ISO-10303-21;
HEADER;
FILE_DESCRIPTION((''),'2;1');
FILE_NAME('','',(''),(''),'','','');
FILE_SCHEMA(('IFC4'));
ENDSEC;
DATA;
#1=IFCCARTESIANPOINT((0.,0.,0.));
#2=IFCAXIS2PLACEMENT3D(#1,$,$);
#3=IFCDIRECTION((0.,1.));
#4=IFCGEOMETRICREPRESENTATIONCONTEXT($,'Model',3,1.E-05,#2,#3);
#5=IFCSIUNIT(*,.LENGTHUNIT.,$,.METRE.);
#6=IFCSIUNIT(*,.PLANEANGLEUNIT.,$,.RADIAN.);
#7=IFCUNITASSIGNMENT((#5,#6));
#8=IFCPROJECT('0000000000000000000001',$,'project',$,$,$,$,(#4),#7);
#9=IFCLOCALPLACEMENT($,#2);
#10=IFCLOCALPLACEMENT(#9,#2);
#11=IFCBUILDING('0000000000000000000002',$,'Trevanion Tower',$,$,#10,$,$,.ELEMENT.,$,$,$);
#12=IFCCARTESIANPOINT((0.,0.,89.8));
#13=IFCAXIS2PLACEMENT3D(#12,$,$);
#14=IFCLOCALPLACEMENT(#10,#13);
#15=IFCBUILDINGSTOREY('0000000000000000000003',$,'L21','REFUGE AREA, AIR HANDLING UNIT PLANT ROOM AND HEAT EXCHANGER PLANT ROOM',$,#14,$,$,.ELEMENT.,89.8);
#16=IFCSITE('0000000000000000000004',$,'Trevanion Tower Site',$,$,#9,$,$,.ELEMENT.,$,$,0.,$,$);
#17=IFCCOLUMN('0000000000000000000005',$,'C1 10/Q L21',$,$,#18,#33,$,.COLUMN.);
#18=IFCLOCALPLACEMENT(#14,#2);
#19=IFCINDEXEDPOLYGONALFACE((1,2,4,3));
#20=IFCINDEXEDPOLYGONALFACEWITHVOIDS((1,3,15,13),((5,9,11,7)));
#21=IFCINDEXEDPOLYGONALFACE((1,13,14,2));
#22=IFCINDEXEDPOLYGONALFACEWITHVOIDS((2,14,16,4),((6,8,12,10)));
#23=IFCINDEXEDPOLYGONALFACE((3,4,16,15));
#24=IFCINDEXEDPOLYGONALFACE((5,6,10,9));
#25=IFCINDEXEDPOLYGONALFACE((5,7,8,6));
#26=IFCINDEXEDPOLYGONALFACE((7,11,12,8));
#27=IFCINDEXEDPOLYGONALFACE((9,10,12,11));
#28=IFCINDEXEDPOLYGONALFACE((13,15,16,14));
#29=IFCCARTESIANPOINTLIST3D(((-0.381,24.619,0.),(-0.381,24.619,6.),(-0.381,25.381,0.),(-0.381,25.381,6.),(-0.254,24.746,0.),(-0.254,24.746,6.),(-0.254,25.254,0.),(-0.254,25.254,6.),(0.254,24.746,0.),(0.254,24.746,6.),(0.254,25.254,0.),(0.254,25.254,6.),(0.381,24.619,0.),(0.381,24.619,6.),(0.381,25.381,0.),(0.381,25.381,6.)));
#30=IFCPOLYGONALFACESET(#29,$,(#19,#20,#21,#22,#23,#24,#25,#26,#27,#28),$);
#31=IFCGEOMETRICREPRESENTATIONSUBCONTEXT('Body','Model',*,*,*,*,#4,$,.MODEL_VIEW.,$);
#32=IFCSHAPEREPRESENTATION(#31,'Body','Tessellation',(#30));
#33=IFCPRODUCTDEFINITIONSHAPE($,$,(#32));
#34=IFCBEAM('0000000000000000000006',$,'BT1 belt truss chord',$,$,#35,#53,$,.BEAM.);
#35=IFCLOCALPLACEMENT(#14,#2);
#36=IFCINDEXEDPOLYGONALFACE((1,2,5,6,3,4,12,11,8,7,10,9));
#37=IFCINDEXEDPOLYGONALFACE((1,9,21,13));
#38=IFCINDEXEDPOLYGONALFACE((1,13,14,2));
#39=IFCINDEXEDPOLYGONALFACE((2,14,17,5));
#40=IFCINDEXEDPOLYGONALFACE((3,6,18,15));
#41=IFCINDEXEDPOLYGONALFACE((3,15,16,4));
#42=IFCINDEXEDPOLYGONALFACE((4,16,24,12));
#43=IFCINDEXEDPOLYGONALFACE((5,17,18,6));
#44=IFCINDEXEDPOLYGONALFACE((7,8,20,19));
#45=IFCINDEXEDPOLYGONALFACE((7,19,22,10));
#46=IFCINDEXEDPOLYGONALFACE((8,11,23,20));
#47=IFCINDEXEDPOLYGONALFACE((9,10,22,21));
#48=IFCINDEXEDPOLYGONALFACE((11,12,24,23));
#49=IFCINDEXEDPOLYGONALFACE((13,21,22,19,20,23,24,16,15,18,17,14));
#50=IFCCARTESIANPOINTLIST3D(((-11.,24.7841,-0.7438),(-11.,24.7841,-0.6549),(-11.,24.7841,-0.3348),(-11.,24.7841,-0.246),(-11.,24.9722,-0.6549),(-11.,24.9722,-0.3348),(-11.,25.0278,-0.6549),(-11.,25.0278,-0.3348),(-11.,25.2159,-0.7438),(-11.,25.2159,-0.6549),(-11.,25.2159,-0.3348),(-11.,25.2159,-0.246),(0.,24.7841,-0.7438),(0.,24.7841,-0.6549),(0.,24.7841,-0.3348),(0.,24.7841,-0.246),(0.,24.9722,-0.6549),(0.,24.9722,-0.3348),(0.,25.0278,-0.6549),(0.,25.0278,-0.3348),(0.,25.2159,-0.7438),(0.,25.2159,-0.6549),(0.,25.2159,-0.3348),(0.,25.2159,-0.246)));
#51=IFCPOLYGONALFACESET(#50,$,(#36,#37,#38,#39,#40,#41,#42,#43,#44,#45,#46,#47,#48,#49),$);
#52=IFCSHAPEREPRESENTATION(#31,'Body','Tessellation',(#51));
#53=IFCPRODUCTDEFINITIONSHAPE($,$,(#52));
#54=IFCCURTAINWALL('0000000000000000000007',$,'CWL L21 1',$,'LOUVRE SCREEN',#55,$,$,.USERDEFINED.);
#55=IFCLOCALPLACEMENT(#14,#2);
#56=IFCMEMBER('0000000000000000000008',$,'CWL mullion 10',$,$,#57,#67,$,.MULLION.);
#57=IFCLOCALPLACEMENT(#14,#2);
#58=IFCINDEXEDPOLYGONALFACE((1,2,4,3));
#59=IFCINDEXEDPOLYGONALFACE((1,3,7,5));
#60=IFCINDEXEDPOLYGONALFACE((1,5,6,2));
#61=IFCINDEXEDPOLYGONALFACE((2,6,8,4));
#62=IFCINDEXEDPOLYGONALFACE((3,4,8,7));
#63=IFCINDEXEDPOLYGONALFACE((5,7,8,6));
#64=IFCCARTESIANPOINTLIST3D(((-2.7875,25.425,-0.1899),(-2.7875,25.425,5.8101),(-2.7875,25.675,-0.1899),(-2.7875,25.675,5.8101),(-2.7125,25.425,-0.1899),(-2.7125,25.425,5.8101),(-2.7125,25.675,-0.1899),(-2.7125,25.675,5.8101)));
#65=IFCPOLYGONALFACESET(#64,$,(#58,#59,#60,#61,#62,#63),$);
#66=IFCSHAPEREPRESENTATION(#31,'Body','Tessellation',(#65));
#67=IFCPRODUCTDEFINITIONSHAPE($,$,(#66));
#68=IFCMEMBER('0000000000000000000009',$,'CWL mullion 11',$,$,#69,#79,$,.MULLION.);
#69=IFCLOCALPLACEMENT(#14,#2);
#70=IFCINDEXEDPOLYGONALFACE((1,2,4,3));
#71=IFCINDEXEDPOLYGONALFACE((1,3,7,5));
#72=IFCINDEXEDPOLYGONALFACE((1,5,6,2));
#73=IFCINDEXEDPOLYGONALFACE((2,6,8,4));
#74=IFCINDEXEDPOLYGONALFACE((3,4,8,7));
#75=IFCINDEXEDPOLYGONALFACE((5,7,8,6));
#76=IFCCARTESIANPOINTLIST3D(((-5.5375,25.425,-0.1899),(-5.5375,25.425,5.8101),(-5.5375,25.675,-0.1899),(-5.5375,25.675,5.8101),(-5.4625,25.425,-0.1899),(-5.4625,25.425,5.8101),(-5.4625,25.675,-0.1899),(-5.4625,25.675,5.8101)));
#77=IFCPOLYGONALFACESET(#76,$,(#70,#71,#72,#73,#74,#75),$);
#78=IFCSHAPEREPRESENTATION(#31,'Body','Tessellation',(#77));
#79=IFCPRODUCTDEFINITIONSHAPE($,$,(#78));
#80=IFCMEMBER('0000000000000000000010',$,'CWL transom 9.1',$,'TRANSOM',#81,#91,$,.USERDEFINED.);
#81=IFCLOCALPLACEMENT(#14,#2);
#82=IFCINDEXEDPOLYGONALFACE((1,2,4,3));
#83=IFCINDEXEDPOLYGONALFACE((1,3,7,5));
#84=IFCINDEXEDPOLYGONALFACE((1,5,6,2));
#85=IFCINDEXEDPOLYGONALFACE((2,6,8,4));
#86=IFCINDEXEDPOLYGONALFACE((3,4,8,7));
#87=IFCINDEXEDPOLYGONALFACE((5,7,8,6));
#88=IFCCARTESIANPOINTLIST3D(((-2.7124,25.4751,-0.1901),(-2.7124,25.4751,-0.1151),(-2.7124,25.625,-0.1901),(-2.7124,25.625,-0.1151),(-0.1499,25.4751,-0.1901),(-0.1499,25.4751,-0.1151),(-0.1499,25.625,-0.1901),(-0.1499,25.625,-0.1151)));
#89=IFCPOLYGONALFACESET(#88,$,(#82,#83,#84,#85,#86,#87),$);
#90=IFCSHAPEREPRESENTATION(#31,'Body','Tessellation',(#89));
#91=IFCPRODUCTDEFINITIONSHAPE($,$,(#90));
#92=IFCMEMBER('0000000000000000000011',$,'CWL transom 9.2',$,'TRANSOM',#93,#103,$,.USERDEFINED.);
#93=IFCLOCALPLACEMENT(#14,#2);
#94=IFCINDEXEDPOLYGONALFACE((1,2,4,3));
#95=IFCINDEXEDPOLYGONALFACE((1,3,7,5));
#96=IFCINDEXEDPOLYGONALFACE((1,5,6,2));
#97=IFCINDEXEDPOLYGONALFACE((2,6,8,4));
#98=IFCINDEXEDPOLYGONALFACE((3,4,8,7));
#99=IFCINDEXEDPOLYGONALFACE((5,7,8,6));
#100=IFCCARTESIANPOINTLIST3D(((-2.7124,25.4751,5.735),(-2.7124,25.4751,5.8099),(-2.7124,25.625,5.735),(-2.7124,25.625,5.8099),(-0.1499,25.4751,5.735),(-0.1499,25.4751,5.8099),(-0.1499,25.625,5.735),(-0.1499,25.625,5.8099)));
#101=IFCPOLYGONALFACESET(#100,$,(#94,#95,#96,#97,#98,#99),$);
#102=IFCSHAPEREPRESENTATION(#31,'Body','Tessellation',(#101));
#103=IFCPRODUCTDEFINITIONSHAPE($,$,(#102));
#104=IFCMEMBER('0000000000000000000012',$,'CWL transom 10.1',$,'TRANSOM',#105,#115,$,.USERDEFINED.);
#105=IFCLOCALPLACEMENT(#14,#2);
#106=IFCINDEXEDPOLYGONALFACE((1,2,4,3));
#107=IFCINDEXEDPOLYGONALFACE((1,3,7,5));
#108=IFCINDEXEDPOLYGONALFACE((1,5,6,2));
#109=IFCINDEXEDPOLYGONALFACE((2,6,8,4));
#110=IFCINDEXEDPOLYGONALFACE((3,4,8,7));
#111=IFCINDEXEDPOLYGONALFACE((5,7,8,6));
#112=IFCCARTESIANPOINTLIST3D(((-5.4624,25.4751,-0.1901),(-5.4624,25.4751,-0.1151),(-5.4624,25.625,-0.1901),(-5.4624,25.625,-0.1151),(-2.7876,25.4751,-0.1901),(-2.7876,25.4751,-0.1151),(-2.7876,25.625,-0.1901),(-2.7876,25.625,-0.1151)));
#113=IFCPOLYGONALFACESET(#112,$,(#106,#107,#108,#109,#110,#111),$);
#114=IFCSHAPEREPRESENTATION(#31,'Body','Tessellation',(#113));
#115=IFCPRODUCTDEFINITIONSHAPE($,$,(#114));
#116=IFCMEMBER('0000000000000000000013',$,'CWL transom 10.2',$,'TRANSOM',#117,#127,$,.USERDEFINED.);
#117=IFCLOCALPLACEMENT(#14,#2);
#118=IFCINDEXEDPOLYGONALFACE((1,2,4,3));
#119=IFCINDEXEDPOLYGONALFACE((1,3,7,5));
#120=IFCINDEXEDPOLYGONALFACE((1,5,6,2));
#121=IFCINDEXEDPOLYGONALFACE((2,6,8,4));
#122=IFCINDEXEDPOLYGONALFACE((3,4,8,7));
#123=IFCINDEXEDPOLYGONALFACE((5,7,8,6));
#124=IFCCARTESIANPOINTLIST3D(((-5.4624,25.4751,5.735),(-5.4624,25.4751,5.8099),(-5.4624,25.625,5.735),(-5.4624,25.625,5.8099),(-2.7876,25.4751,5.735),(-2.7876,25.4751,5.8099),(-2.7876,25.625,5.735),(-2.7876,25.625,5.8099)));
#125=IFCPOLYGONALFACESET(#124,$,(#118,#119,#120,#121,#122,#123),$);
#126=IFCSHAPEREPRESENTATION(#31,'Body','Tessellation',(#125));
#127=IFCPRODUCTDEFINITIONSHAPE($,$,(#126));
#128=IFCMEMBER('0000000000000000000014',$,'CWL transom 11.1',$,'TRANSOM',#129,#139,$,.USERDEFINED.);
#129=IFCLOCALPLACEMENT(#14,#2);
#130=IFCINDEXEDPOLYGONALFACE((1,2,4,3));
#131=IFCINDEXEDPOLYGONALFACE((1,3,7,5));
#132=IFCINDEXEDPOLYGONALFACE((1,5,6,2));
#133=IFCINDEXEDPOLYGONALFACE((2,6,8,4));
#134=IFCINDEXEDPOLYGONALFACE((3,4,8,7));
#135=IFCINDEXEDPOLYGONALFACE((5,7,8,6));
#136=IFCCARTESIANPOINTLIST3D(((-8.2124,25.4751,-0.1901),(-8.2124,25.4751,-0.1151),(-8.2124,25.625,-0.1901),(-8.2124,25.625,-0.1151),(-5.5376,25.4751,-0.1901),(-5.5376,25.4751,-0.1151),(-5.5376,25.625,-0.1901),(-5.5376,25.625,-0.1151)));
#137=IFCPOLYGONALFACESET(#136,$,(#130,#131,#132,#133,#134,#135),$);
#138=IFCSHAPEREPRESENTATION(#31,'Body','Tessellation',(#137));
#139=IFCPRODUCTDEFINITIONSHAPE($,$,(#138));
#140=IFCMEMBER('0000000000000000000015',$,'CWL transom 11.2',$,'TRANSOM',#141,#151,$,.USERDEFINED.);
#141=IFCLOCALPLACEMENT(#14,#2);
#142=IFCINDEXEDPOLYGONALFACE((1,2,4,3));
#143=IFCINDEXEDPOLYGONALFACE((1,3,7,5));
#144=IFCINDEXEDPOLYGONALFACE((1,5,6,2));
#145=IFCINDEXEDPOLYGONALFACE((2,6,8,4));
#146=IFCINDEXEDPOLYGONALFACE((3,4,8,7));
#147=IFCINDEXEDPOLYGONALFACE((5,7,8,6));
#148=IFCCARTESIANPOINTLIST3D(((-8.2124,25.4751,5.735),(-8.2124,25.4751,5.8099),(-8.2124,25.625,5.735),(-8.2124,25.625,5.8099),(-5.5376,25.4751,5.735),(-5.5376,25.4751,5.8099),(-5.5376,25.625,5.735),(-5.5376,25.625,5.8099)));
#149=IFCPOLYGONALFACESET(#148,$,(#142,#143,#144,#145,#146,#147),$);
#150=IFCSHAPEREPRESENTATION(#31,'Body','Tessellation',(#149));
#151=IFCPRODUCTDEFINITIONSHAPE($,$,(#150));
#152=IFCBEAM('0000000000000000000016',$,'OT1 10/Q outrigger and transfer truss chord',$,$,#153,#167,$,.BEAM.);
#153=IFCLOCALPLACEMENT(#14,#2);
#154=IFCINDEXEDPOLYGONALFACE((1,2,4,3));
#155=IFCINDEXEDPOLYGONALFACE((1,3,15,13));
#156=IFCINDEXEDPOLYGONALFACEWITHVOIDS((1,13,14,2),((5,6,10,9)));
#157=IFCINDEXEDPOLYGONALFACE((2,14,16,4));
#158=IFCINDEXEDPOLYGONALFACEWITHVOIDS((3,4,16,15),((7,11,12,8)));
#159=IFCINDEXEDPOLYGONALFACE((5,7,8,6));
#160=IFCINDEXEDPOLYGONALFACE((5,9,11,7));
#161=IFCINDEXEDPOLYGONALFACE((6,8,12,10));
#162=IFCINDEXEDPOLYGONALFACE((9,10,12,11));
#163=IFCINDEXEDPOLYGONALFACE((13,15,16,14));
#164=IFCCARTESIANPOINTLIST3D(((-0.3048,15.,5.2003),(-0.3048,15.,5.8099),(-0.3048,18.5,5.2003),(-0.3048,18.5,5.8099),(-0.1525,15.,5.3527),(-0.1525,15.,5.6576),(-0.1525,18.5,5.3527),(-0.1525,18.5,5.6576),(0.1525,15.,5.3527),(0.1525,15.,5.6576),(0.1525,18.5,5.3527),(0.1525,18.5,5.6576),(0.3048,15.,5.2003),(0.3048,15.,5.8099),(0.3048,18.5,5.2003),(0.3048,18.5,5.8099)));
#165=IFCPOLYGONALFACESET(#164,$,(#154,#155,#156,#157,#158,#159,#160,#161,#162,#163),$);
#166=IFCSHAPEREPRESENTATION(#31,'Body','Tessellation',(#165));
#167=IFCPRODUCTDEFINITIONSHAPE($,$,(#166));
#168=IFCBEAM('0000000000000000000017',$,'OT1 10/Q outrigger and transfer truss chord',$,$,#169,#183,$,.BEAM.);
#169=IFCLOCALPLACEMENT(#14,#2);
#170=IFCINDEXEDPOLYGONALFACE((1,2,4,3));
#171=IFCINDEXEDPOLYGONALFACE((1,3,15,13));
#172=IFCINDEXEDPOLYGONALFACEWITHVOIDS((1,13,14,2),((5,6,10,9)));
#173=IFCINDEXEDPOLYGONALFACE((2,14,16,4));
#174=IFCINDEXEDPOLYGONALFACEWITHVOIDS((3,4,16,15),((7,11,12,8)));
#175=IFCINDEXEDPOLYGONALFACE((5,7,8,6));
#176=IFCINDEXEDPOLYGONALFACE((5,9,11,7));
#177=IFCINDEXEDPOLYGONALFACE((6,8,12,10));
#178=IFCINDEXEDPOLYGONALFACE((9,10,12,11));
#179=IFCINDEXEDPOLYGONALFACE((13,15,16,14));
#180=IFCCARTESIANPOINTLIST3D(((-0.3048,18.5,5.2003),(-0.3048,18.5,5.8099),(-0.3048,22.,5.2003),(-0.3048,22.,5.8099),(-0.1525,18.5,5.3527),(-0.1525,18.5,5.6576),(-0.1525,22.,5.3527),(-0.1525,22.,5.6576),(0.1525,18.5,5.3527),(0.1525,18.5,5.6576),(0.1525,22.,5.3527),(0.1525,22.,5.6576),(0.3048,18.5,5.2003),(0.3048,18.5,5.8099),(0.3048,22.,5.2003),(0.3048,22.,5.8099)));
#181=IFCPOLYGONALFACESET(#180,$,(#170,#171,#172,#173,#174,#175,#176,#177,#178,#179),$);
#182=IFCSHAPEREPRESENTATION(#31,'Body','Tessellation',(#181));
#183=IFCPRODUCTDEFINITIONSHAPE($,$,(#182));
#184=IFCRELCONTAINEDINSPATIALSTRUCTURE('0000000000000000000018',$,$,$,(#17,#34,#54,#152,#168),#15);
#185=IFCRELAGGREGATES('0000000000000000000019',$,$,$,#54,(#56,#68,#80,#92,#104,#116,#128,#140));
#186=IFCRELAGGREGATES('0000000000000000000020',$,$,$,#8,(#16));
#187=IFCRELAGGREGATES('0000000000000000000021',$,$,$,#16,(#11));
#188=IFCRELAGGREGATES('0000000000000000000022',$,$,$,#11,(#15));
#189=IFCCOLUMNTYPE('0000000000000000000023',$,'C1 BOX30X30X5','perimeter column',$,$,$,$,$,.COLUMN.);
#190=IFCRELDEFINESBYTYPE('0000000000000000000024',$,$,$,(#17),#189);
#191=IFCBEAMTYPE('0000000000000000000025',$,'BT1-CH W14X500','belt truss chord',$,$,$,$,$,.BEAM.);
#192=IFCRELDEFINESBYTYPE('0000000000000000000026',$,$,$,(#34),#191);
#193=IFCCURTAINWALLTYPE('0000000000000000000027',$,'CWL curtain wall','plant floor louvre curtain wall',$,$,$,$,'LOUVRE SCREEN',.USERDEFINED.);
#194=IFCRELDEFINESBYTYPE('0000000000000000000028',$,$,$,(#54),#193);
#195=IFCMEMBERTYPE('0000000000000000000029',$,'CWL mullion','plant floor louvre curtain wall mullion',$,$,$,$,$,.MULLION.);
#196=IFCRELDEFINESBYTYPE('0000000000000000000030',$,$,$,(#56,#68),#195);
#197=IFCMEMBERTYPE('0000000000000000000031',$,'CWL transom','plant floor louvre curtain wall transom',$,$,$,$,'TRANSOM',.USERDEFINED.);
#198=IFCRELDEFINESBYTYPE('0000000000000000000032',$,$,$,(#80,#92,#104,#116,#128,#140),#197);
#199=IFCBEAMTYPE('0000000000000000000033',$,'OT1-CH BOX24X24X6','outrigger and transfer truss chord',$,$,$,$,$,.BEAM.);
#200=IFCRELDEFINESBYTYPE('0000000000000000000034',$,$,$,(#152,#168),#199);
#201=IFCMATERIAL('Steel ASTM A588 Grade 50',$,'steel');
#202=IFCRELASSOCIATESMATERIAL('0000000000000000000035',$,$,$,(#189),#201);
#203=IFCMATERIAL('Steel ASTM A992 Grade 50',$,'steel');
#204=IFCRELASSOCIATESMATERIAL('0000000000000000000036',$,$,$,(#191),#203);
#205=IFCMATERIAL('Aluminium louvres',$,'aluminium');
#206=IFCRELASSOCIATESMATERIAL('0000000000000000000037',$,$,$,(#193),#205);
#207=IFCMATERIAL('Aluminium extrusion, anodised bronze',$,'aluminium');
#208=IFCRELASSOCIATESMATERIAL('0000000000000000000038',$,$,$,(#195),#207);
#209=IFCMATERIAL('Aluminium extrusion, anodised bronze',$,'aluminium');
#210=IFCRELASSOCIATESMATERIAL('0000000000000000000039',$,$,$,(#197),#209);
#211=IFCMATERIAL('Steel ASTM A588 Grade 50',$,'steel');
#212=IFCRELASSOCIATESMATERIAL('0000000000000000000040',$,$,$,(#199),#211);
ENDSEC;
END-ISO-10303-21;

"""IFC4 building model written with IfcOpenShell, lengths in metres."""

from ifc_helpers import new_model, si_unit, direction, frame, origin, origin_2d, place, context, subcontext, project, spatial, rectangle, hollow_rectangle, i_section, extrude, material, material_profile, profile_set, type_object, element, aggregate, save


model = new_model("IFC4")

# Units and contexts
model_context = context("Model", 3, precision=1e-05, world=origin(), true_north=direction((0.0, 1.0)))
body_context = subcontext(model_context, "Body", "Model", "MODEL_VIEW")
ifc_project = project(units=[si_unit("LENGTHUNIT", "METRE"), si_unit("PLANEANGLEUNIT", "RADIAN")], contexts=[model_context])

# Site, building, storey
site_placement = place(None, origin())
site = spatial("IfcSite", under=ifc_project, at=site_placement, Name="Trevanion Tower Site", CompositionType="ELEMENT", RefElevation=0.0)
building_placement = place(site_placement, origin())
building = spatial("IfcBuilding", under=site, at=building_placement, Name="Trevanion Tower", CompositionType="ELEMENT")
storey_placement = place(building_placement, frame((0.0, 0.0, 89.8)))
storey = spatial("IfcBuildingStorey", under=building, at=storey_placement, Name="L21", Description="REFUGE AREA, AIR HANDLING UNIT PLANT ROOM AND HEAT EXCHANGER PLANT ROOM", CompositionType="ELEMENT", Elevation=89.8)

# Column
ifc_material_1 = material(Name="Steel ASTM A588 Grade 50", Category="steel")
ifc_material_profile_1 = material_profile(ifc_material_1, hollow_rectangle(XDim=0.762, YDim=0.762, WallThickness=0.127, at=origin_2d()), Name="BOX30X30X5")
ifc_profile_set_1 = profile_set([ifc_material_profile_1], Name="Steel ASTM A588 Grade 50")
column_type = type_object("IfcColumnType", Name="C1 BOX30X30X5", Description="perimeter column", PredefinedType="COLUMN", material=ifc_profile_set_1)
column_placement = place(storey_placement, frame((0.0, 25.0, 0.0), z_axis=(0.0, 0.0, 1.0), x_axis=(1.0, 0.0, 0.0)))
element("IfcColumn", 1, at=column_placement, inside=storey, type_object=column_type, Name="C1 10/Q L21", PredefinedType="COLUMN", context=body_context, shape_type="SweptSolid", body=[
    extrude(hollow_rectangle(XDim=0.762, YDim=0.762, WallThickness=0.127, at=origin_2d()), origin(), (0.0, 0.0, 1.0), 6.0),
])

# Beam
ifc_material_2 = material(Name="Steel ASTM A992 Grade 50", Category="steel")
ifc_material_profile_2 = material_profile(ifc_material_2, i_section(OverallWidth=0.4319, OverallDepth=0.4978, WebThickness=0.0557, FlangeThickness=0.0889, at=origin_2d()), Name="W14X500")
ifc_profile_set_2 = profile_set([ifc_material_profile_2], Name="Steel ASTM A992 Grade 50")
beam_type_1 = type_object("IfcBeamType", Name="BT1-CH W14X500", Description="belt truss chord", PredefinedType="BEAM", material=ifc_profile_set_2)
beam_1_placement = place(storey_placement, frame((0.0, 25.0, -0.4949), z_axis=(-1.0, 0.0, 0.0), x_axis=(0.0, -1.0, 0.0)))
element("IfcBeam", 2, at=beam_1_placement, inside=storey, type_object=beam_type_1, Name="BT1 belt truss chord", PredefinedType="BEAM", context=body_context, shape_type="SweptSolid", body=[
    extrude(i_section(OverallWidth=0.4319, OverallDepth=0.4978, WebThickness=0.0557, FlangeThickness=0.0889, at=origin_2d()), origin(), (0.0, 0.0, 1.0), 11.0),
])

# Curtain wall, members
ifc_material_3 = material(Name="Aluminium louvres", Category="aluminium")
curtain_wall_type = type_object("IfcCurtainWallType", Name="CWL curtain wall", Description="plant floor louvre curtain wall", ElementType="LOUVRE SCREEN", PredefinedType="USERDEFINED", material=ifc_material_3)
curtain_wall_placement = place(storey_placement, origin())
curtain_wall = element("IfcCurtainWall", 3, at=curtain_wall_placement, inside=storey, type_object=curtain_wall_type, Name="CWL L21 1", ObjectType="LOUVRE SCREEN", PredefinedType="USERDEFINED")
ifc_material_4 = material(Name="Aluminium extrusion, anodised bronze", Category="aluminium")
ifc_material_profile_3 = material_profile(ifc_material_4, rectangle(XDim=0.075, YDim=0.25, at=origin_2d()), Name="CWL mullion")
ifc_profile_set_3 = profile_set([ifc_material_profile_3], Name="Aluminium extrusion, anodised bronze")
member_type_1 = type_object("IfcMemberType", Name="CWL mullion", Description="plant floor louvre curtain wall mullion", PredefinedType="MULLION", material=ifc_profile_set_3)
member_1_placement = place(storey_placement, frame((-2.75, 25.55, -0.1899), z_axis=(0.0, 0.0, 1.0), x_axis=(-1.0, 0.0, 0.0)))
member_1 = element("IfcMember", 4, at=member_1_placement, type_object=member_type_1, Name="CWL mullion 10", PredefinedType="MULLION", context=body_context, shape_type="SweptSolid", body=[
    extrude(rectangle(XDim=0.075, YDim=0.25, at=origin_2d()), origin(), (0.0, 0.0, 1.0), 6.0),
])
member_2_placement = place(storey_placement, frame((-5.5, 25.55, -0.1899), z_axis=(0.0, 0.0, 1.0), x_axis=(-1.0, 0.0, 0.0)))
member_2 = element("IfcMember", 5, at=member_2_placement, type_object=member_type_1, Name="CWL mullion 11", PredefinedType="MULLION", context=body_context, shape_type="SweptSolid", body=[
    extrude(rectangle(XDim=0.075, YDim=0.25, at=origin_2d()), origin(), (0.0, 0.0, 1.0), 6.0),
])
ifc_material_5 = material(Name="Aluminium extrusion, anodised bronze", Category="aluminium")
ifc_material_profile_4 = material_profile(ifc_material_5, rectangle(XDim=0.1499, YDim=0.075, at=origin_2d()), Name="CWL transom")
ifc_profile_set_4 = profile_set([ifc_material_profile_4], Name="Aluminium extrusion, anodised bronze")
member_type_2 = type_object("IfcMemberType", Name="CWL transom", Description="plant floor louvre curtain wall transom", ElementType="TRANSOM", PredefinedType="USERDEFINED", material=ifc_profile_set_4)
member_3_placement = place(storey_placement, frame((-0.1499, 25.55, -0.1526), z_axis=(-1.0, 0.0, 0.0), x_axis=(0.0, -1.0, 0.0)))
member_3 = element("IfcMember", 6, at=member_3_placement, type_object=member_type_2, Name="CWL transom 9.1", ObjectType="TRANSOM", PredefinedType="USERDEFINED", context=body_context, shape_type="SweptSolid", body=[
    extrude(rectangle(XDim=0.1499, YDim=0.075, at=origin_2d()), origin(), (0.0, 0.0, 1.0), 2.5625),
])
member_4_placement = place(storey_placement, frame((-0.1499, 25.55, 5.7725), z_axis=(-1.0, 0.0, 0.0), x_axis=(0.0, -1.0, 0.0)))
member_4 = element("IfcMember", 7, at=member_4_placement, type_object=member_type_2, Name="CWL transom 9.2", ObjectType="TRANSOM", PredefinedType="USERDEFINED", context=body_context, shape_type="SweptSolid", body=[
    extrude(rectangle(XDim=0.1499, YDim=0.075, at=origin_2d()), origin(), (0.0, 0.0, 1.0), 2.5625),
])
member_5_placement = place(storey_placement, frame((-2.7876, 25.55, -0.1526), z_axis=(-1.0, 0.0, 0.0), x_axis=(0.0, -1.0, 0.0)))
member_5 = element("IfcMember", 8, at=member_5_placement, type_object=member_type_2, Name="CWL transom 10.1", ObjectType="TRANSOM", PredefinedType="USERDEFINED", context=body_context, shape_type="SweptSolid", body=[
    extrude(rectangle(XDim=0.1499, YDim=0.075, at=origin_2d()), origin(), (0.0, 0.0, 1.0), 2.6748),
])
member_6_placement = place(storey_placement, frame((-2.7876, 25.55, 5.7725), z_axis=(-1.0, 0.0, 0.0), x_axis=(0.0, -1.0, 0.0)))
member_6 = element("IfcMember", 9, at=member_6_placement, type_object=member_type_2, Name="CWL transom 10.2", ObjectType="TRANSOM", PredefinedType="USERDEFINED", context=body_context, shape_type="SweptSolid", body=[
    extrude(rectangle(XDim=0.1499, YDim=0.075, at=origin_2d()), origin(), (0.0, 0.0, 1.0), 2.6748),
])
member_7_placement = place(storey_placement, frame((-5.5376, 25.55, -0.1526), z_axis=(-1.0, 0.0, 0.0), x_axis=(0.0, -1.0, 0.0)))
member_7 = element("IfcMember", 10, at=member_7_placement, type_object=member_type_2, Name="CWL transom 11.1", ObjectType="TRANSOM", PredefinedType="USERDEFINED", context=body_context, shape_type="SweptSolid", body=[
    extrude(rectangle(XDim=0.1499, YDim=0.075, at=origin_2d()), origin(), (0.0, 0.0, 1.0), 2.6748),
])
member_8_placement = place(storey_placement, frame((-5.5376, 25.55, 5.7725), z_axis=(-1.0, 0.0, 0.0), x_axis=(0.0, -1.0, 0.0)))
member_8 = element("IfcMember", 11, at=member_8_placement, type_object=member_type_2, Name="CWL transom 11.2", ObjectType="TRANSOM", PredefinedType="USERDEFINED", context=body_context, shape_type="SweptSolid", body=[
    extrude(rectangle(XDim=0.1499, YDim=0.075, at=origin_2d()), origin(), (0.0, 0.0, 1.0), 2.6748),
])

# Beams
ifc_material_6 = material(Name="Steel ASTM A588 Grade 50", Category="steel")
ifc_material_profile_5 = material_profile(ifc_material_6, hollow_rectangle(XDim=0.6096, YDim=0.6096, WallThickness=0.1523, at=origin_2d()), Name="BOX24X24X6")
ifc_profile_set_5 = profile_set([ifc_material_profile_5], Name="Steel ASTM A588 Grade 50")
beam_type_2 = type_object("IfcBeamType", Name="OT1-CH BOX24X24X6", Description="outrigger and transfer truss chord", PredefinedType="BEAM", material=ifc_profile_set_5)
for number, where, z_axis, x_axis, name in (
    (12, (0.0, 15.0, 5.5051), (0.0, 1.0, 0.0), (-1.0, 0.0, 0.0), "OT1 10/Q outrigger and transfer truss chord"),
    (13, (0.0, 18.5, 5.5051), (0.0, 1.0, 0.0), (-1.0, 0.0, 0.0), "OT1 10/Q outrigger and transfer truss chord"),
):
    element("IfcBeam", number, at=place(storey_placement, frame(where, z_axis=z_axis, x_axis=x_axis)), inside=storey, type_object=beam_type_2, Name=name, PredefinedType="BEAM", context=body_context, shape_type="SweptSolid", body=[
        extrude(hollow_rectangle(XDim=0.6096, YDim=0.6096, WallThickness=0.1523, at=origin_2d()), origin(), (0.0, 0.0, 1.0), 3.5),
    ])

aggregate(curtain_wall, [member_1, member_2, member_3, member_4, member_5, member_6, member_7, member_8])

save(model, "model.ifc")
